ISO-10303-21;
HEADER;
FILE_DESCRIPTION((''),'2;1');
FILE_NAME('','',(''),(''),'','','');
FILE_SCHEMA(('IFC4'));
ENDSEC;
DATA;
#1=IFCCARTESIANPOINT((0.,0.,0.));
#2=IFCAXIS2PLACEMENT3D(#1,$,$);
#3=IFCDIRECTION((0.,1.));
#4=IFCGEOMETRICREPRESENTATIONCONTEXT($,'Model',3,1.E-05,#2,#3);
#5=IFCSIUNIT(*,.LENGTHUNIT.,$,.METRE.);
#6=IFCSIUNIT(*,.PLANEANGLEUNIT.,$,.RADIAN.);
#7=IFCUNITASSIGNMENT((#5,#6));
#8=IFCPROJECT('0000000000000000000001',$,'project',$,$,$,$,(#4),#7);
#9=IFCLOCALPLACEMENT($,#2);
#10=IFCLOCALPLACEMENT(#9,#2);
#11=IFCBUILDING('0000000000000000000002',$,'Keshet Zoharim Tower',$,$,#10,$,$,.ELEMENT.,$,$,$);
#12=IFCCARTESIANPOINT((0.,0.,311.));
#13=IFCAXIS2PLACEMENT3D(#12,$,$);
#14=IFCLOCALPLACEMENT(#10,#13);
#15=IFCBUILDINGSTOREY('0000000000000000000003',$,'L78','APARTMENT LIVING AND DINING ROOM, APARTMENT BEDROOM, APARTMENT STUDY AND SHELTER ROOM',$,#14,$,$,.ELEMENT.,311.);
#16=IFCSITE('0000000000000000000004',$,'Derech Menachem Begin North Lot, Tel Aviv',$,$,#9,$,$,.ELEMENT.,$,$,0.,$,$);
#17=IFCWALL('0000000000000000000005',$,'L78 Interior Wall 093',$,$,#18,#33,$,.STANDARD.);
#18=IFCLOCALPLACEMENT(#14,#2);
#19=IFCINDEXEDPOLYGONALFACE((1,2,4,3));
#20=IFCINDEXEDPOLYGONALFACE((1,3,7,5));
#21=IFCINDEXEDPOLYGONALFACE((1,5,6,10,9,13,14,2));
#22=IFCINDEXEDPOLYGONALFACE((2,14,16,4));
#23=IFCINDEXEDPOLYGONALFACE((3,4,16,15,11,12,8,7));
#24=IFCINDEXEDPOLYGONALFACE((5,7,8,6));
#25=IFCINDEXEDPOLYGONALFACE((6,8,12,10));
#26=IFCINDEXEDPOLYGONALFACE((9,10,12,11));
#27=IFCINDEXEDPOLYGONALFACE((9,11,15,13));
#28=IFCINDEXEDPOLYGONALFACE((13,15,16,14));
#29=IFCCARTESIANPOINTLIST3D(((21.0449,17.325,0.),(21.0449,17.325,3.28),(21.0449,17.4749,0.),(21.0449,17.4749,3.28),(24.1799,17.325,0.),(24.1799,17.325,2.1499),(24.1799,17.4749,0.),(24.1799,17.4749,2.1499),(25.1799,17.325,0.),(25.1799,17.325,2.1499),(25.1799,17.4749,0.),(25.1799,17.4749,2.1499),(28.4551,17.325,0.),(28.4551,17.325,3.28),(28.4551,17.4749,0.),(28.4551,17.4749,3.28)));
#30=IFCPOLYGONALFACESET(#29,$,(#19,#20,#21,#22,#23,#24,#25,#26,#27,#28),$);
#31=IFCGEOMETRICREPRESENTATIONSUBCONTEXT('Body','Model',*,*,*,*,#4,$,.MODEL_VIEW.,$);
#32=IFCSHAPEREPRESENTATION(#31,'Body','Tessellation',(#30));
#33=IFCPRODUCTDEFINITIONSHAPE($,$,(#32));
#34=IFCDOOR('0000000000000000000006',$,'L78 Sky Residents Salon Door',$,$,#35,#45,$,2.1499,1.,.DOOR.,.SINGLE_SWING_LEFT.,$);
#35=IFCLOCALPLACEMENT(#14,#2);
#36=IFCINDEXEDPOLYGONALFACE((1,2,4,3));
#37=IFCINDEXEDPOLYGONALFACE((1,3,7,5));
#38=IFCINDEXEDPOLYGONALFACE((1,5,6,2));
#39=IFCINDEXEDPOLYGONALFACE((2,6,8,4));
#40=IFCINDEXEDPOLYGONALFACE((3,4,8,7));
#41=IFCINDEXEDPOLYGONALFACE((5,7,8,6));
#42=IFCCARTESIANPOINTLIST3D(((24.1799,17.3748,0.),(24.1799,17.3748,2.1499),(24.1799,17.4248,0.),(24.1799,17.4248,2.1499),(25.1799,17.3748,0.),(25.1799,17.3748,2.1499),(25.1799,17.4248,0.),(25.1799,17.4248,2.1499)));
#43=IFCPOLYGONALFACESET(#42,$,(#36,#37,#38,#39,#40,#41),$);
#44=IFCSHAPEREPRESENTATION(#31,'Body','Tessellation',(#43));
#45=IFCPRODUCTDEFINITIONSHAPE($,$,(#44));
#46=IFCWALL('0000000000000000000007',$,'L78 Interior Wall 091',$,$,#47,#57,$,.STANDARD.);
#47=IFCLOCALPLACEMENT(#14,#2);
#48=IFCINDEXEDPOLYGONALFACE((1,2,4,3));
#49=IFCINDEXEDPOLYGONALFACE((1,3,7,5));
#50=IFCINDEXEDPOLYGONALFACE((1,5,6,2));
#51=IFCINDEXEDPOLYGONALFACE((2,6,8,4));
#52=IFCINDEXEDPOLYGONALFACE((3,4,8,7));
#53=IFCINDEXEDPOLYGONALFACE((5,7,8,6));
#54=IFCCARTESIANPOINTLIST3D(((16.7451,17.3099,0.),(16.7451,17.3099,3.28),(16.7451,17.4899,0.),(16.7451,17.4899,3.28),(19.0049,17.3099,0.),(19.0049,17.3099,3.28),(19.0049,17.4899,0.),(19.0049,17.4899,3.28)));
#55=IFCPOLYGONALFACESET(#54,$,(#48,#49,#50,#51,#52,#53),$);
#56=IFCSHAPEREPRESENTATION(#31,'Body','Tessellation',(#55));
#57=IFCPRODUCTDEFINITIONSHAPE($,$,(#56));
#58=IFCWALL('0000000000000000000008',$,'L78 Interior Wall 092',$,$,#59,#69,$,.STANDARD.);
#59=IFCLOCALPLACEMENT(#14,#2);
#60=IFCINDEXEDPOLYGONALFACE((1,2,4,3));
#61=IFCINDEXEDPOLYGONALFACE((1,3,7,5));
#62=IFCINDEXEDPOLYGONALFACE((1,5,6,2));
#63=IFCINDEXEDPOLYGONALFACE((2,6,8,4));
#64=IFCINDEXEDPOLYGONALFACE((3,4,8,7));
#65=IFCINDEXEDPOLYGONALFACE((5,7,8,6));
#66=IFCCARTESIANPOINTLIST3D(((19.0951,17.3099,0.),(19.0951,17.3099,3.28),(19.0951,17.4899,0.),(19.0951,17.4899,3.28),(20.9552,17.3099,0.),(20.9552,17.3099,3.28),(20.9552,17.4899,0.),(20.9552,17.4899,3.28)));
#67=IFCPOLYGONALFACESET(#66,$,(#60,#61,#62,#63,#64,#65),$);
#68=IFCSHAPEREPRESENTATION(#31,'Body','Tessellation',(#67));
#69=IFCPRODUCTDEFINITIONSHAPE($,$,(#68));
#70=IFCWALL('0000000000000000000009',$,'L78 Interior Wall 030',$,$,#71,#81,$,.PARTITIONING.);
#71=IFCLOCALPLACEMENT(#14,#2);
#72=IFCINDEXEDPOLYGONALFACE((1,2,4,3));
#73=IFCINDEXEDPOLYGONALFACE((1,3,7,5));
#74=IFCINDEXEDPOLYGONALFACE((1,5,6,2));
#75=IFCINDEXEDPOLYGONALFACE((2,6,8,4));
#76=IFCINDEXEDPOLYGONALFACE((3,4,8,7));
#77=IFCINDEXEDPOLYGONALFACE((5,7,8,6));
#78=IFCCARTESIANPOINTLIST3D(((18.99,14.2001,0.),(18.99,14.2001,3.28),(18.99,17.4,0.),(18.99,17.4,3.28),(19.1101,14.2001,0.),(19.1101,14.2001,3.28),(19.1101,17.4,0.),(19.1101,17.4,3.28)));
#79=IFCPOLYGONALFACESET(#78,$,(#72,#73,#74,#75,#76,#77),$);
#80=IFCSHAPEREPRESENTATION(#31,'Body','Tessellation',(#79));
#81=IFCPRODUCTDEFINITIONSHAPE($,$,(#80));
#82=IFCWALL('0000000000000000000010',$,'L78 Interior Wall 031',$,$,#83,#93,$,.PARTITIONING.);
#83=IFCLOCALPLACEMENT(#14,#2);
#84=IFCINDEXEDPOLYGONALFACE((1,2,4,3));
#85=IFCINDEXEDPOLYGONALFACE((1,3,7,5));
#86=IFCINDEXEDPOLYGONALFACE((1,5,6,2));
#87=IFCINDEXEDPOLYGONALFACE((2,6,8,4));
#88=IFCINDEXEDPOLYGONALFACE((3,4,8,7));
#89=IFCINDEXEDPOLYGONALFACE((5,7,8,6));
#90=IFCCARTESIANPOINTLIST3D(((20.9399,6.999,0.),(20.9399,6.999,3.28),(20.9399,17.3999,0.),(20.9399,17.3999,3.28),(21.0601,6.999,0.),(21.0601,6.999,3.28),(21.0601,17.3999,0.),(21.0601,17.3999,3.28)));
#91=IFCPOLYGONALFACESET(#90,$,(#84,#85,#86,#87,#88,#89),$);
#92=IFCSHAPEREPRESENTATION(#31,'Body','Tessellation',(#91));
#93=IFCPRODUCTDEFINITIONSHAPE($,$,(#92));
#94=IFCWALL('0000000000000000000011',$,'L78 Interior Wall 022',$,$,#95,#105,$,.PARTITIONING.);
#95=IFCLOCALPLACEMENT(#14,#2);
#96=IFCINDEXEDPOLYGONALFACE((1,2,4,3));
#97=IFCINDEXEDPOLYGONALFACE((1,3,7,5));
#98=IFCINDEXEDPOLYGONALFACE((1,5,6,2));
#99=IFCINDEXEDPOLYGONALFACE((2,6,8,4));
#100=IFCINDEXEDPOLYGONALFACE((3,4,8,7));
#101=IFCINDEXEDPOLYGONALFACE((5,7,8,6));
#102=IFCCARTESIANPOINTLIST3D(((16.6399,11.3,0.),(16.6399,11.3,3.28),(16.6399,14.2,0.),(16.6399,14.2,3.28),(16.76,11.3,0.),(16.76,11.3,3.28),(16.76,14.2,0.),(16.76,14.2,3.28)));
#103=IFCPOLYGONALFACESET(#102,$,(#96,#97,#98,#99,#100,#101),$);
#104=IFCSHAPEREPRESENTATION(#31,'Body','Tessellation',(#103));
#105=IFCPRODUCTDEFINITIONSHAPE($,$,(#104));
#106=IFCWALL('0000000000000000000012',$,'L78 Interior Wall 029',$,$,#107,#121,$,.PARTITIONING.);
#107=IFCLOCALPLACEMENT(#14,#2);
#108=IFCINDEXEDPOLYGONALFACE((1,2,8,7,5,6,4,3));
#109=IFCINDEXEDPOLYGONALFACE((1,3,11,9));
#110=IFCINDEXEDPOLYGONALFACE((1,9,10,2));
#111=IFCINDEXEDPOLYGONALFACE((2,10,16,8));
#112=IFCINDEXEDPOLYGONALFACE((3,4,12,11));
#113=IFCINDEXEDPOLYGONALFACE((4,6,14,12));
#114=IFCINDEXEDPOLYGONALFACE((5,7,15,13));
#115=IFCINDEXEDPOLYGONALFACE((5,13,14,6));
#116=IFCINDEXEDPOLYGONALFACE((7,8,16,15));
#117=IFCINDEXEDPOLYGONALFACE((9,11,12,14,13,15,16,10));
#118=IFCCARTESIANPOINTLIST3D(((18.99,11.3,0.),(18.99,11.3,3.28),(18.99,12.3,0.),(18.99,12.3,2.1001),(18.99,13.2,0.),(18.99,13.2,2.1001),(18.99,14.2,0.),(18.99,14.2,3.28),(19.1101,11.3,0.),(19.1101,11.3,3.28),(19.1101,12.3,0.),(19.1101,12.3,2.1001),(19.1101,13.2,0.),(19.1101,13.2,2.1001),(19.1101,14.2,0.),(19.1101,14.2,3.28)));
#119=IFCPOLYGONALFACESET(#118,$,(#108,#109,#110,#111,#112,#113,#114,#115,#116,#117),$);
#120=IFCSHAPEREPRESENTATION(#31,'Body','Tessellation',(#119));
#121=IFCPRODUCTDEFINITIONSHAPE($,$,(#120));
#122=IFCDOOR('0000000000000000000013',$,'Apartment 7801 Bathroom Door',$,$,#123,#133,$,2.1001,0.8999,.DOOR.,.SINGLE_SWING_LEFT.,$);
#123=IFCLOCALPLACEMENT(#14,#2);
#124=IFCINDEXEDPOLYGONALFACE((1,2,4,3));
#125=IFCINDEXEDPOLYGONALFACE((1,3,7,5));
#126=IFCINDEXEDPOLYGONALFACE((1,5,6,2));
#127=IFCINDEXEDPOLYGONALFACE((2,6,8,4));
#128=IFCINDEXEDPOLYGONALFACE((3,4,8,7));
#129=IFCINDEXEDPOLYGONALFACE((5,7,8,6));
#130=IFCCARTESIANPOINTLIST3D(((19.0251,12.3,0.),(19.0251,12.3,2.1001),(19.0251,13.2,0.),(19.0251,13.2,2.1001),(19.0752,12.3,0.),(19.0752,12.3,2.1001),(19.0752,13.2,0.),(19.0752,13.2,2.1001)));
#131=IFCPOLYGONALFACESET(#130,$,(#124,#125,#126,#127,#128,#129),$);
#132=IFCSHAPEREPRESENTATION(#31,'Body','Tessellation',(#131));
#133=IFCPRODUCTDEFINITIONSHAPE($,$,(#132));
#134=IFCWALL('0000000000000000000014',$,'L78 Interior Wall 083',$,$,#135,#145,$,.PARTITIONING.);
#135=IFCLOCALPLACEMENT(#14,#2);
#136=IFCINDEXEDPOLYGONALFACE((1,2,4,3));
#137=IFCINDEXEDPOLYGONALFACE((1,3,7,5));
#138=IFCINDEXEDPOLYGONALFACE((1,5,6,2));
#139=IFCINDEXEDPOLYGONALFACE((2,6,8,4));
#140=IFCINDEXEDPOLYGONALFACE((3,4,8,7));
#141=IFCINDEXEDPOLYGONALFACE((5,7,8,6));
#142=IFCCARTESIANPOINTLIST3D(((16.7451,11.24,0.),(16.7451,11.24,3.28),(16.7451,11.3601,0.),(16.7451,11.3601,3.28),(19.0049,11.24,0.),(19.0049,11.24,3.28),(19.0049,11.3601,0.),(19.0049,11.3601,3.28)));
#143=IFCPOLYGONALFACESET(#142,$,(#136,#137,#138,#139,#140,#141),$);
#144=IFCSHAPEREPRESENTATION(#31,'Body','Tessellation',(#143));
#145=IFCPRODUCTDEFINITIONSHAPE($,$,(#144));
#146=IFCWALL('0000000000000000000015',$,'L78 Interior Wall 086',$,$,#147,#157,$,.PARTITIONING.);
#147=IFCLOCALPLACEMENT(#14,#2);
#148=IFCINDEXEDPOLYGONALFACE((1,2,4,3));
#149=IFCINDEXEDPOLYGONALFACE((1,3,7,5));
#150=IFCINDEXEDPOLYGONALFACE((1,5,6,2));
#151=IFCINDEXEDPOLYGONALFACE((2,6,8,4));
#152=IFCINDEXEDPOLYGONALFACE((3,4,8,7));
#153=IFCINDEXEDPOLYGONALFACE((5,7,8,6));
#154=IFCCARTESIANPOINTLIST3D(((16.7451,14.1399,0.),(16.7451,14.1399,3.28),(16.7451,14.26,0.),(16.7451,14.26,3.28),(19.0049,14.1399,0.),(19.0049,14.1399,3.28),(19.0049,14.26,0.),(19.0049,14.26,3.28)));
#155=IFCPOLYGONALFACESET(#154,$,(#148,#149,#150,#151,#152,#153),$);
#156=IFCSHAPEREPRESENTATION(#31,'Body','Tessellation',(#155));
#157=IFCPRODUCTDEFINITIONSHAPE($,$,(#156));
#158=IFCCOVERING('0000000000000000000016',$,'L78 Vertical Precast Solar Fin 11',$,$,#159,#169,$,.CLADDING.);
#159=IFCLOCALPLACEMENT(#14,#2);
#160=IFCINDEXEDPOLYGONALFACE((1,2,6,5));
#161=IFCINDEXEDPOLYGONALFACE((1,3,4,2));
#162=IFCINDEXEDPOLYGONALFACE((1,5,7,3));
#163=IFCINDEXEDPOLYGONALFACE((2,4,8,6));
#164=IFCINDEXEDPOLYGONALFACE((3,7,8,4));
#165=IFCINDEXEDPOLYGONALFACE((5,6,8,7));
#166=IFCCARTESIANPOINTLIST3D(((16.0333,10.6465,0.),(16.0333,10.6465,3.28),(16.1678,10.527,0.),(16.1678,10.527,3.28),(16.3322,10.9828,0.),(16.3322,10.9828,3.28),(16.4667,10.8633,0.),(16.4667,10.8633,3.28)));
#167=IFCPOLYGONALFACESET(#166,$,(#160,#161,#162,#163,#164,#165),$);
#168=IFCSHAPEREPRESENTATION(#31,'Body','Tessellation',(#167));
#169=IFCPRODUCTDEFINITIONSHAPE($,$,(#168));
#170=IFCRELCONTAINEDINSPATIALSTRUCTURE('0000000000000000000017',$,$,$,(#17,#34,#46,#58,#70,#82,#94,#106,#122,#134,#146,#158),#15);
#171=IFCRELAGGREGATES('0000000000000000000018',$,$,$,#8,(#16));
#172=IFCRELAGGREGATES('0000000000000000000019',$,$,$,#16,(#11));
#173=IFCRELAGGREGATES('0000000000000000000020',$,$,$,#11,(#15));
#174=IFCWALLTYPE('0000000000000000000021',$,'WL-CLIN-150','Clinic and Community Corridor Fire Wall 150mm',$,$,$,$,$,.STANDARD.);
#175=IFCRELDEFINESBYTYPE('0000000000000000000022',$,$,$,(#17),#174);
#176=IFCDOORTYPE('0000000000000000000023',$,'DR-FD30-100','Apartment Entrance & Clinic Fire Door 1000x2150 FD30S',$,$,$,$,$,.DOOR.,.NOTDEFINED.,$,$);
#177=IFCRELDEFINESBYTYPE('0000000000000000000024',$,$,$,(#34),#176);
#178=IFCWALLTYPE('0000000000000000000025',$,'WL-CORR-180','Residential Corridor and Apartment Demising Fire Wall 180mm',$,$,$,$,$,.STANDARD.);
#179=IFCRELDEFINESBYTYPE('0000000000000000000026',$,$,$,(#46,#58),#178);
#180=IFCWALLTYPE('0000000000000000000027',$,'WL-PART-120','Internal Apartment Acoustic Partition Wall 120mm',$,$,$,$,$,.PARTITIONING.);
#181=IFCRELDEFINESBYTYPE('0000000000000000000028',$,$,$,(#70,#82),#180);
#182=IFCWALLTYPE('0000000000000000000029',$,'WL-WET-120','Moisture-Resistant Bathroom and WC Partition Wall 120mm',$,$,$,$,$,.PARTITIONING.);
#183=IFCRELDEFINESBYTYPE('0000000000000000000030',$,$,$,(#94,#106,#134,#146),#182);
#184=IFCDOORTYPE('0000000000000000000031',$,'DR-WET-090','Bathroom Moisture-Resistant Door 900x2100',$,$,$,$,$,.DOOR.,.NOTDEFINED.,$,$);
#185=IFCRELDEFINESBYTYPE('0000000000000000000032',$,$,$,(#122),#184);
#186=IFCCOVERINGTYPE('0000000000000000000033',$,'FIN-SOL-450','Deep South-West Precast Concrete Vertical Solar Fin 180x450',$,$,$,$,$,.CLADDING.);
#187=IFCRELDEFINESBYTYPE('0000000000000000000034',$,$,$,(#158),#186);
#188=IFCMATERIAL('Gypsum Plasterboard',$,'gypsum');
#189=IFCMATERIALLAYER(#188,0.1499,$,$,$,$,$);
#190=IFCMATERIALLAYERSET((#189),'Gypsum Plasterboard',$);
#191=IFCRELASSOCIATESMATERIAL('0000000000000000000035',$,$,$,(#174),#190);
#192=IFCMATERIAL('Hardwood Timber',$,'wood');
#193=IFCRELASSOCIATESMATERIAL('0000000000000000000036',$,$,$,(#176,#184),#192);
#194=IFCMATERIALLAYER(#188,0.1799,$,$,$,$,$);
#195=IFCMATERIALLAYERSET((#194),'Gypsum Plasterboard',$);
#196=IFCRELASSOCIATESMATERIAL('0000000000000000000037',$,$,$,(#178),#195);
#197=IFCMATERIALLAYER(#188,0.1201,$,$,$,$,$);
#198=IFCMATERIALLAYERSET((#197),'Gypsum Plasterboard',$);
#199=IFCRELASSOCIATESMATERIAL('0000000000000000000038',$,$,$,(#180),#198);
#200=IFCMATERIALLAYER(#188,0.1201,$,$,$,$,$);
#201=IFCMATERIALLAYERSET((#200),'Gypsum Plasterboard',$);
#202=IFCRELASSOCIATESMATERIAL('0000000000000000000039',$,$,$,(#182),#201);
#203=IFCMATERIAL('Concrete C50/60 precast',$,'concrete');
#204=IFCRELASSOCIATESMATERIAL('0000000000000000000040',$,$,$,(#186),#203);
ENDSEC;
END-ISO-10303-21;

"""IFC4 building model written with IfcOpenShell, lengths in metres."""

from ifc_helpers import new_model, si_unit, direction, frame, frame_2d, origin, origin_2d, place, context, subcontext, project, spatial, rectangle, extrude, material, layer, layer_set, type_object, element, fill, save


model = new_model("IFC4")

# Units and contexts
model_context = context("Model", 3, precision=1e-05, world=origin(), true_north=direction((0.0, 1.0)))
body_context = subcontext(model_context, "Body", "Model", "MODEL_VIEW")
ifc_project = project(units=[si_unit("LENGTHUNIT", "METRE"), si_unit("PLANEANGLEUNIT", "RADIAN")], contexts=[model_context])

# Site, building, storey
site_placement = place(None, origin())
site = spatial("IfcSite", under=ifc_project, at=site_placement, Name="Derech Menachem Begin North Lot, Tel Aviv", CompositionType="ELEMENT", RefElevation=0.0)
building_placement = place(site_placement, origin())
building = spatial("IfcBuilding", under=site, at=building_placement, Name="Keshet Zoharim Tower", CompositionType="ELEMENT")
storey_placement = place(building_placement, frame((0.0, 0.0, 311.0)))
storey = spatial("IfcBuildingStorey", under=building, at=storey_placement, Name="L78", Description="APARTMENT LIVING AND DINING ROOM, APARTMENT BEDROOM, APARTMENT STUDY AND SHELTER ROOM", CompositionType="ELEMENT", Elevation=311.0)

# Wall, opening, door
ifc_material_1 = material(Name="Gypsum Plasterboard", Category="gypsum")
ifc_layer_1 = layer(ifc_material_1, 0.1499)
ifc_layer_set_1 = layer_set([ifc_layer_1], Name="Gypsum Plasterboard")
wall_type_1 = type_object("IfcWallType", Name="WL-CLIN-150", Description="Clinic and Community Corridor Fire Wall 150mm", PredefinedType="STANDARD", material=ifc_layer_set_1)
wall_1_placement = place(storey_placement, frame((21.0449, 17.3999, 0.0), z_axis=(0.0, 0.0, 1.0), x_axis=(1.0, 0.0, 0.0)))
wall_1 = element("IfcWall", 1, at=wall_1_placement, inside=storey, type_object=wall_type_1, Name="L78 Interior Wall 093", PredefinedType="STANDARD", context=body_context, shape_type="SweptSolid", body=[
    extrude(rectangle(XDim=7.4102, YDim=0.1499, at=frame_2d((3.7051, 0.0))), origin(), (0.0, 0.0, 1.0), 3.28),
])
opening_1_placement = place(wall_1_placement, frame((3.135, 0.0, 0.0)))
opening_1 = element("IfcOpeningElement", 2, at=opening_1_placement, cuts=wall_1, PredefinedType="OPENING", context=body_context, shape_type="SweptSolid", body=[
    extrude(rectangle(XDim=1.0, YDim=2.1499, at=frame_2d((0.5, 1.075))), frame((0.0, 0.085, 0.0), z_axis=(0.0, -1.0, 0.0), x_axis=(1.0, 0.0, 0.0)), (0.0, 0.0, 1.0), 0.1699),
])
ifc_material_2 = material(Name="Hardwood Timber", Category="wood")
door_type_1 = type_object("IfcDoorType", Name="DR-FD30-100", Description="Apartment Entrance & Clinic Fire Door 1000x2150 FD30S", OperationType="NOTDEFINED", PredefinedType="DOOR", material=ifc_material_2)
door_1_placement = place(opening_1_placement, origin())
door_1 = element("IfcDoor", 3, at=door_1_placement, inside=storey, type_object=door_type_1, Name="L78 Sky Residents Salon Door", OperationType="SINGLE_SWING_LEFT", OverallHeight=2.1499, OverallWidth=1.0, PredefinedType="DOOR", context=body_context, shape_type="SweptSolid", body=[
    extrude(rectangle(XDim=1.0, YDim=2.1499, at=frame_2d((0.5, 1.075))), frame((0.0, 0.0249, 0.0), z_axis=(0.0, -1.0, 0.0), x_axis=(1.0, 0.0, 0.0)), (0.0, 0.0, 1.0), 0.05),
])
fill(opening_1, door_1)

# Walls
ifc_layer_2 = layer(ifc_material_1, 0.1799)
ifc_layer_set_2 = layer_set([ifc_layer_2], Name="Gypsum Plasterboard")
wall_type_2 = type_object("IfcWallType", Name="WL-CORR-180", Description="Residential Corridor and Apartment Demising Fire Wall 180mm", PredefinedType="STANDARD", material=ifc_layer_set_2)
wall_2_placement = place(storey_placement, frame((16.7451, 17.3999, 0.0), z_axis=(0.0, 0.0, 1.0), x_axis=(1.0, 0.0, 0.0)))
element("IfcWall", 4, at=wall_2_placement, inside=storey, type_object=wall_type_2, Name="L78 Interior Wall 091", PredefinedType="STANDARD", context=body_context, shape_type="SweptSolid", body=[
    extrude(rectangle(XDim=2.2598, YDim=0.1799, at=frame_2d((1.1299, 0.0))), origin(), (0.0, 0.0, 1.0), 3.28),
])
wall_3_placement = place(storey_placement, frame((19.095, 17.3999, 0.0), z_axis=(0.0, 0.0, 1.0), x_axis=(1.0, 0.0, 0.0)))
element("IfcWall", 5, at=wall_3_placement, inside=storey, type_object=wall_type_2, Name="L78 Interior Wall 092", PredefinedType="STANDARD", context=body_context, shape_type="SweptSolid", body=[
    extrude(rectangle(XDim=1.8601, YDim=0.1799, at=frame_2d((0.9302, 0.0))), origin(), (0.0, 0.0, 1.0), 3.28),
])

# Shared definitions
ifc_layer_3 = layer(ifc_material_1, 0.1201)
ifc_layer_set_3 = layer_set([ifc_layer_3], Name="Gypsum Plasterboard")
wall_type_3 = type_object("IfcWallType", Name="WL-PART-120", Description="Internal Apartment Acoustic Partition Wall 120mm", PredefinedType="PARTITIONING", material=ifc_layer_set_3)

# Walls
wall_4_placement = place(storey_placement, frame((19.05, 14.2, 0.0), z_axis=(0.0, 0.0, 1.0), x_axis=(0.0, 1.0, 0.0)))
element("IfcWall", 6, at=wall_4_placement, inside=storey, type_object=wall_type_3, Name="L78 Interior Wall 030", PredefinedType="PARTITIONING", context=body_context, shape_type="SweptSolid", body=[
    extrude(rectangle(XDim=3.2, YDim=0.1201, at=frame_2d((1.6001, 0.0))), origin(), (0.0, 0.0, 1.0), 3.28),
])
wall_5_placement = place(storey_placement, frame((21.0, 6.999, 0.0), z_axis=(0.0, 0.0, 1.0), x_axis=(0.0, 1.0, 0.0)))
element("IfcWall", 7, at=wall_5_placement, inside=storey, type_object=wall_type_3, Name="L78 Interior Wall 031", PredefinedType="PARTITIONING", context=body_context, shape_type="SweptSolid", body=[
    extrude(rectangle(XDim=10.4009, YDim=0.1201, at=frame_2d((5.2004, 0.0))), origin(), (0.0, 0.0, 1.0), 3.28),
])
ifc_layer_4 = layer(ifc_material_1, 0.1201)
ifc_layer_set_4 = layer_set([ifc_layer_4], Name="Gypsum Plasterboard")
wall_type_4 = type_object("IfcWallType", Name="WL-WET-120", Description="Moisture-Resistant Bathroom and WC Partition Wall 120mm", PredefinedType="PARTITIONING", material=ifc_layer_set_4)
wall_6_placement = place(storey_placement, frame((16.7, 11.3, 0.0), z_axis=(0.0, 0.0, 1.0), x_axis=(0.0, 1.0, 0.0)))
element("IfcWall", 8, at=wall_6_placement, inside=storey, type_object=wall_type_4, Name="L78 Interior Wall 022", PredefinedType="PARTITIONING", context=body_context, shape_type="SweptSolid", body=[
    extrude(rectangle(XDim=2.8999, YDim=0.1201, at=frame_2d((1.45, 0.0))), origin(), (0.0, 0.0, 1.0), 3.28),
])

# Wall, opening, door
wall_7_placement = place(storey_placement, frame((19.05, 11.3, 0.0), z_axis=(0.0, 0.0, 1.0), x_axis=(0.0, 1.0, 0.0)))
wall_7 = element("IfcWall", 9, at=wall_7_placement, inside=storey, type_object=wall_type_4, Name="L78 Interior Wall 029", PredefinedType="PARTITIONING", context=body_context, shape_type="SweptSolid", body=[
    extrude(rectangle(XDim=2.8999, YDim=0.1201, at=frame_2d((1.45, 0.0))), origin(), (0.0, 0.0, 1.0), 3.28),
])
opening_2_placement = place(wall_7_placement, frame((1.0, 0.0, 0.0)))
opening_2 = element("IfcOpeningElement", 10, at=opening_2_placement, cuts=wall_7, PredefinedType="OPENING", context=body_context, shape_type="SweptSolid", body=[
    extrude(rectangle(XDim=0.8999, YDim=2.1001, at=frame_2d((0.45, 1.05))), frame((0.0, 0.0701, 0.0), z_axis=(0.0, -1.0, 0.0), x_axis=(1.0, 0.0, 0.0)), (0.0, 0.0, 1.0), 0.1401),
])
door_type_2 = type_object("IfcDoorType", Name="DR-WET-090", Description="Bathroom Moisture-Resistant Door 900x2100", OperationType="NOTDEFINED", PredefinedType="DOOR", material=ifc_material_2)
door_2_placement = place(opening_2_placement, origin())
door_2 = element("IfcDoor", 11, at=door_2_placement, inside=storey, type_object=door_type_2, Name="Apartment 7801 Bathroom Door", OperationType="SINGLE_SWING_LEFT", OverallHeight=2.1001, OverallWidth=0.8999, PredefinedType="DOOR", context=body_context, shape_type="SweptSolid", body=[
    extrude(rectangle(XDim=0.8999, YDim=2.1001, at=frame_2d((0.45, 1.05))), frame((0.0, 0.0249, 0.0), z_axis=(0.0, -1.0, 0.0), x_axis=(1.0, 0.0, 0.0)), (0.0, 0.0, 1.0), 0.05),
])
fill(opening_2, door_2)

# Walls
for number, where, z_axis, x_axis, name in (
    (12, (16.7451, 11.3, 0.0), (0.0, 0.0, 1.0), (1.0, 0.0, 0.0), "L78 Interior Wall 083"),
    (13, (16.7451, 14.2, 0.0), (0.0, 0.0, 1.0), (1.0, 0.0, 0.0), "L78 Interior Wall 086"),
):
    element("IfcWall", number, at=place(storey_placement, frame(where, z_axis=z_axis, x_axis=x_axis)), inside=storey, type_object=wall_type_4, Name=name, PredefinedType="PARTITIONING", context=body_context, shape_type="SweptSolid", body=[
        extrude(rectangle(XDim=2.2598, YDim=0.1201, at=frame_2d((1.1299, 0.0))), origin(), (0.0, 0.0, 1.0), 3.28),
    ])

# Covering
ifc_material_3 = material(Name="Concrete C50/60 precast", Category="concrete")
covering_type = type_object("IfcCoveringType", Name="FIN-SOL-450", Description="Deep South-West Precast Concrete Vertical Solar Fin 180x450", PredefinedType="CLADDING", material=ifc_material_3)
covering_placement = place(storey_placement, frame((16.25, 10.7549, 0.0), z_axis=(0.0, 0.0, 1.0), x_axis=(-0.747412, 0.664361, 0.0)))
element("IfcCovering", 14, at=covering_placement, inside=storey, type_object=covering_type, Name="L78 Vertical Precast Solar Fin 11", PredefinedType="CLADDING", context=body_context, shape_type="SweptSolid", body=[
    extrude(rectangle(XDim=0.1799, YDim=0.45, at=origin_2d()), origin(), (0.0, 0.0, 1.0), 3.28),
])

save(model, "model.ifc")
